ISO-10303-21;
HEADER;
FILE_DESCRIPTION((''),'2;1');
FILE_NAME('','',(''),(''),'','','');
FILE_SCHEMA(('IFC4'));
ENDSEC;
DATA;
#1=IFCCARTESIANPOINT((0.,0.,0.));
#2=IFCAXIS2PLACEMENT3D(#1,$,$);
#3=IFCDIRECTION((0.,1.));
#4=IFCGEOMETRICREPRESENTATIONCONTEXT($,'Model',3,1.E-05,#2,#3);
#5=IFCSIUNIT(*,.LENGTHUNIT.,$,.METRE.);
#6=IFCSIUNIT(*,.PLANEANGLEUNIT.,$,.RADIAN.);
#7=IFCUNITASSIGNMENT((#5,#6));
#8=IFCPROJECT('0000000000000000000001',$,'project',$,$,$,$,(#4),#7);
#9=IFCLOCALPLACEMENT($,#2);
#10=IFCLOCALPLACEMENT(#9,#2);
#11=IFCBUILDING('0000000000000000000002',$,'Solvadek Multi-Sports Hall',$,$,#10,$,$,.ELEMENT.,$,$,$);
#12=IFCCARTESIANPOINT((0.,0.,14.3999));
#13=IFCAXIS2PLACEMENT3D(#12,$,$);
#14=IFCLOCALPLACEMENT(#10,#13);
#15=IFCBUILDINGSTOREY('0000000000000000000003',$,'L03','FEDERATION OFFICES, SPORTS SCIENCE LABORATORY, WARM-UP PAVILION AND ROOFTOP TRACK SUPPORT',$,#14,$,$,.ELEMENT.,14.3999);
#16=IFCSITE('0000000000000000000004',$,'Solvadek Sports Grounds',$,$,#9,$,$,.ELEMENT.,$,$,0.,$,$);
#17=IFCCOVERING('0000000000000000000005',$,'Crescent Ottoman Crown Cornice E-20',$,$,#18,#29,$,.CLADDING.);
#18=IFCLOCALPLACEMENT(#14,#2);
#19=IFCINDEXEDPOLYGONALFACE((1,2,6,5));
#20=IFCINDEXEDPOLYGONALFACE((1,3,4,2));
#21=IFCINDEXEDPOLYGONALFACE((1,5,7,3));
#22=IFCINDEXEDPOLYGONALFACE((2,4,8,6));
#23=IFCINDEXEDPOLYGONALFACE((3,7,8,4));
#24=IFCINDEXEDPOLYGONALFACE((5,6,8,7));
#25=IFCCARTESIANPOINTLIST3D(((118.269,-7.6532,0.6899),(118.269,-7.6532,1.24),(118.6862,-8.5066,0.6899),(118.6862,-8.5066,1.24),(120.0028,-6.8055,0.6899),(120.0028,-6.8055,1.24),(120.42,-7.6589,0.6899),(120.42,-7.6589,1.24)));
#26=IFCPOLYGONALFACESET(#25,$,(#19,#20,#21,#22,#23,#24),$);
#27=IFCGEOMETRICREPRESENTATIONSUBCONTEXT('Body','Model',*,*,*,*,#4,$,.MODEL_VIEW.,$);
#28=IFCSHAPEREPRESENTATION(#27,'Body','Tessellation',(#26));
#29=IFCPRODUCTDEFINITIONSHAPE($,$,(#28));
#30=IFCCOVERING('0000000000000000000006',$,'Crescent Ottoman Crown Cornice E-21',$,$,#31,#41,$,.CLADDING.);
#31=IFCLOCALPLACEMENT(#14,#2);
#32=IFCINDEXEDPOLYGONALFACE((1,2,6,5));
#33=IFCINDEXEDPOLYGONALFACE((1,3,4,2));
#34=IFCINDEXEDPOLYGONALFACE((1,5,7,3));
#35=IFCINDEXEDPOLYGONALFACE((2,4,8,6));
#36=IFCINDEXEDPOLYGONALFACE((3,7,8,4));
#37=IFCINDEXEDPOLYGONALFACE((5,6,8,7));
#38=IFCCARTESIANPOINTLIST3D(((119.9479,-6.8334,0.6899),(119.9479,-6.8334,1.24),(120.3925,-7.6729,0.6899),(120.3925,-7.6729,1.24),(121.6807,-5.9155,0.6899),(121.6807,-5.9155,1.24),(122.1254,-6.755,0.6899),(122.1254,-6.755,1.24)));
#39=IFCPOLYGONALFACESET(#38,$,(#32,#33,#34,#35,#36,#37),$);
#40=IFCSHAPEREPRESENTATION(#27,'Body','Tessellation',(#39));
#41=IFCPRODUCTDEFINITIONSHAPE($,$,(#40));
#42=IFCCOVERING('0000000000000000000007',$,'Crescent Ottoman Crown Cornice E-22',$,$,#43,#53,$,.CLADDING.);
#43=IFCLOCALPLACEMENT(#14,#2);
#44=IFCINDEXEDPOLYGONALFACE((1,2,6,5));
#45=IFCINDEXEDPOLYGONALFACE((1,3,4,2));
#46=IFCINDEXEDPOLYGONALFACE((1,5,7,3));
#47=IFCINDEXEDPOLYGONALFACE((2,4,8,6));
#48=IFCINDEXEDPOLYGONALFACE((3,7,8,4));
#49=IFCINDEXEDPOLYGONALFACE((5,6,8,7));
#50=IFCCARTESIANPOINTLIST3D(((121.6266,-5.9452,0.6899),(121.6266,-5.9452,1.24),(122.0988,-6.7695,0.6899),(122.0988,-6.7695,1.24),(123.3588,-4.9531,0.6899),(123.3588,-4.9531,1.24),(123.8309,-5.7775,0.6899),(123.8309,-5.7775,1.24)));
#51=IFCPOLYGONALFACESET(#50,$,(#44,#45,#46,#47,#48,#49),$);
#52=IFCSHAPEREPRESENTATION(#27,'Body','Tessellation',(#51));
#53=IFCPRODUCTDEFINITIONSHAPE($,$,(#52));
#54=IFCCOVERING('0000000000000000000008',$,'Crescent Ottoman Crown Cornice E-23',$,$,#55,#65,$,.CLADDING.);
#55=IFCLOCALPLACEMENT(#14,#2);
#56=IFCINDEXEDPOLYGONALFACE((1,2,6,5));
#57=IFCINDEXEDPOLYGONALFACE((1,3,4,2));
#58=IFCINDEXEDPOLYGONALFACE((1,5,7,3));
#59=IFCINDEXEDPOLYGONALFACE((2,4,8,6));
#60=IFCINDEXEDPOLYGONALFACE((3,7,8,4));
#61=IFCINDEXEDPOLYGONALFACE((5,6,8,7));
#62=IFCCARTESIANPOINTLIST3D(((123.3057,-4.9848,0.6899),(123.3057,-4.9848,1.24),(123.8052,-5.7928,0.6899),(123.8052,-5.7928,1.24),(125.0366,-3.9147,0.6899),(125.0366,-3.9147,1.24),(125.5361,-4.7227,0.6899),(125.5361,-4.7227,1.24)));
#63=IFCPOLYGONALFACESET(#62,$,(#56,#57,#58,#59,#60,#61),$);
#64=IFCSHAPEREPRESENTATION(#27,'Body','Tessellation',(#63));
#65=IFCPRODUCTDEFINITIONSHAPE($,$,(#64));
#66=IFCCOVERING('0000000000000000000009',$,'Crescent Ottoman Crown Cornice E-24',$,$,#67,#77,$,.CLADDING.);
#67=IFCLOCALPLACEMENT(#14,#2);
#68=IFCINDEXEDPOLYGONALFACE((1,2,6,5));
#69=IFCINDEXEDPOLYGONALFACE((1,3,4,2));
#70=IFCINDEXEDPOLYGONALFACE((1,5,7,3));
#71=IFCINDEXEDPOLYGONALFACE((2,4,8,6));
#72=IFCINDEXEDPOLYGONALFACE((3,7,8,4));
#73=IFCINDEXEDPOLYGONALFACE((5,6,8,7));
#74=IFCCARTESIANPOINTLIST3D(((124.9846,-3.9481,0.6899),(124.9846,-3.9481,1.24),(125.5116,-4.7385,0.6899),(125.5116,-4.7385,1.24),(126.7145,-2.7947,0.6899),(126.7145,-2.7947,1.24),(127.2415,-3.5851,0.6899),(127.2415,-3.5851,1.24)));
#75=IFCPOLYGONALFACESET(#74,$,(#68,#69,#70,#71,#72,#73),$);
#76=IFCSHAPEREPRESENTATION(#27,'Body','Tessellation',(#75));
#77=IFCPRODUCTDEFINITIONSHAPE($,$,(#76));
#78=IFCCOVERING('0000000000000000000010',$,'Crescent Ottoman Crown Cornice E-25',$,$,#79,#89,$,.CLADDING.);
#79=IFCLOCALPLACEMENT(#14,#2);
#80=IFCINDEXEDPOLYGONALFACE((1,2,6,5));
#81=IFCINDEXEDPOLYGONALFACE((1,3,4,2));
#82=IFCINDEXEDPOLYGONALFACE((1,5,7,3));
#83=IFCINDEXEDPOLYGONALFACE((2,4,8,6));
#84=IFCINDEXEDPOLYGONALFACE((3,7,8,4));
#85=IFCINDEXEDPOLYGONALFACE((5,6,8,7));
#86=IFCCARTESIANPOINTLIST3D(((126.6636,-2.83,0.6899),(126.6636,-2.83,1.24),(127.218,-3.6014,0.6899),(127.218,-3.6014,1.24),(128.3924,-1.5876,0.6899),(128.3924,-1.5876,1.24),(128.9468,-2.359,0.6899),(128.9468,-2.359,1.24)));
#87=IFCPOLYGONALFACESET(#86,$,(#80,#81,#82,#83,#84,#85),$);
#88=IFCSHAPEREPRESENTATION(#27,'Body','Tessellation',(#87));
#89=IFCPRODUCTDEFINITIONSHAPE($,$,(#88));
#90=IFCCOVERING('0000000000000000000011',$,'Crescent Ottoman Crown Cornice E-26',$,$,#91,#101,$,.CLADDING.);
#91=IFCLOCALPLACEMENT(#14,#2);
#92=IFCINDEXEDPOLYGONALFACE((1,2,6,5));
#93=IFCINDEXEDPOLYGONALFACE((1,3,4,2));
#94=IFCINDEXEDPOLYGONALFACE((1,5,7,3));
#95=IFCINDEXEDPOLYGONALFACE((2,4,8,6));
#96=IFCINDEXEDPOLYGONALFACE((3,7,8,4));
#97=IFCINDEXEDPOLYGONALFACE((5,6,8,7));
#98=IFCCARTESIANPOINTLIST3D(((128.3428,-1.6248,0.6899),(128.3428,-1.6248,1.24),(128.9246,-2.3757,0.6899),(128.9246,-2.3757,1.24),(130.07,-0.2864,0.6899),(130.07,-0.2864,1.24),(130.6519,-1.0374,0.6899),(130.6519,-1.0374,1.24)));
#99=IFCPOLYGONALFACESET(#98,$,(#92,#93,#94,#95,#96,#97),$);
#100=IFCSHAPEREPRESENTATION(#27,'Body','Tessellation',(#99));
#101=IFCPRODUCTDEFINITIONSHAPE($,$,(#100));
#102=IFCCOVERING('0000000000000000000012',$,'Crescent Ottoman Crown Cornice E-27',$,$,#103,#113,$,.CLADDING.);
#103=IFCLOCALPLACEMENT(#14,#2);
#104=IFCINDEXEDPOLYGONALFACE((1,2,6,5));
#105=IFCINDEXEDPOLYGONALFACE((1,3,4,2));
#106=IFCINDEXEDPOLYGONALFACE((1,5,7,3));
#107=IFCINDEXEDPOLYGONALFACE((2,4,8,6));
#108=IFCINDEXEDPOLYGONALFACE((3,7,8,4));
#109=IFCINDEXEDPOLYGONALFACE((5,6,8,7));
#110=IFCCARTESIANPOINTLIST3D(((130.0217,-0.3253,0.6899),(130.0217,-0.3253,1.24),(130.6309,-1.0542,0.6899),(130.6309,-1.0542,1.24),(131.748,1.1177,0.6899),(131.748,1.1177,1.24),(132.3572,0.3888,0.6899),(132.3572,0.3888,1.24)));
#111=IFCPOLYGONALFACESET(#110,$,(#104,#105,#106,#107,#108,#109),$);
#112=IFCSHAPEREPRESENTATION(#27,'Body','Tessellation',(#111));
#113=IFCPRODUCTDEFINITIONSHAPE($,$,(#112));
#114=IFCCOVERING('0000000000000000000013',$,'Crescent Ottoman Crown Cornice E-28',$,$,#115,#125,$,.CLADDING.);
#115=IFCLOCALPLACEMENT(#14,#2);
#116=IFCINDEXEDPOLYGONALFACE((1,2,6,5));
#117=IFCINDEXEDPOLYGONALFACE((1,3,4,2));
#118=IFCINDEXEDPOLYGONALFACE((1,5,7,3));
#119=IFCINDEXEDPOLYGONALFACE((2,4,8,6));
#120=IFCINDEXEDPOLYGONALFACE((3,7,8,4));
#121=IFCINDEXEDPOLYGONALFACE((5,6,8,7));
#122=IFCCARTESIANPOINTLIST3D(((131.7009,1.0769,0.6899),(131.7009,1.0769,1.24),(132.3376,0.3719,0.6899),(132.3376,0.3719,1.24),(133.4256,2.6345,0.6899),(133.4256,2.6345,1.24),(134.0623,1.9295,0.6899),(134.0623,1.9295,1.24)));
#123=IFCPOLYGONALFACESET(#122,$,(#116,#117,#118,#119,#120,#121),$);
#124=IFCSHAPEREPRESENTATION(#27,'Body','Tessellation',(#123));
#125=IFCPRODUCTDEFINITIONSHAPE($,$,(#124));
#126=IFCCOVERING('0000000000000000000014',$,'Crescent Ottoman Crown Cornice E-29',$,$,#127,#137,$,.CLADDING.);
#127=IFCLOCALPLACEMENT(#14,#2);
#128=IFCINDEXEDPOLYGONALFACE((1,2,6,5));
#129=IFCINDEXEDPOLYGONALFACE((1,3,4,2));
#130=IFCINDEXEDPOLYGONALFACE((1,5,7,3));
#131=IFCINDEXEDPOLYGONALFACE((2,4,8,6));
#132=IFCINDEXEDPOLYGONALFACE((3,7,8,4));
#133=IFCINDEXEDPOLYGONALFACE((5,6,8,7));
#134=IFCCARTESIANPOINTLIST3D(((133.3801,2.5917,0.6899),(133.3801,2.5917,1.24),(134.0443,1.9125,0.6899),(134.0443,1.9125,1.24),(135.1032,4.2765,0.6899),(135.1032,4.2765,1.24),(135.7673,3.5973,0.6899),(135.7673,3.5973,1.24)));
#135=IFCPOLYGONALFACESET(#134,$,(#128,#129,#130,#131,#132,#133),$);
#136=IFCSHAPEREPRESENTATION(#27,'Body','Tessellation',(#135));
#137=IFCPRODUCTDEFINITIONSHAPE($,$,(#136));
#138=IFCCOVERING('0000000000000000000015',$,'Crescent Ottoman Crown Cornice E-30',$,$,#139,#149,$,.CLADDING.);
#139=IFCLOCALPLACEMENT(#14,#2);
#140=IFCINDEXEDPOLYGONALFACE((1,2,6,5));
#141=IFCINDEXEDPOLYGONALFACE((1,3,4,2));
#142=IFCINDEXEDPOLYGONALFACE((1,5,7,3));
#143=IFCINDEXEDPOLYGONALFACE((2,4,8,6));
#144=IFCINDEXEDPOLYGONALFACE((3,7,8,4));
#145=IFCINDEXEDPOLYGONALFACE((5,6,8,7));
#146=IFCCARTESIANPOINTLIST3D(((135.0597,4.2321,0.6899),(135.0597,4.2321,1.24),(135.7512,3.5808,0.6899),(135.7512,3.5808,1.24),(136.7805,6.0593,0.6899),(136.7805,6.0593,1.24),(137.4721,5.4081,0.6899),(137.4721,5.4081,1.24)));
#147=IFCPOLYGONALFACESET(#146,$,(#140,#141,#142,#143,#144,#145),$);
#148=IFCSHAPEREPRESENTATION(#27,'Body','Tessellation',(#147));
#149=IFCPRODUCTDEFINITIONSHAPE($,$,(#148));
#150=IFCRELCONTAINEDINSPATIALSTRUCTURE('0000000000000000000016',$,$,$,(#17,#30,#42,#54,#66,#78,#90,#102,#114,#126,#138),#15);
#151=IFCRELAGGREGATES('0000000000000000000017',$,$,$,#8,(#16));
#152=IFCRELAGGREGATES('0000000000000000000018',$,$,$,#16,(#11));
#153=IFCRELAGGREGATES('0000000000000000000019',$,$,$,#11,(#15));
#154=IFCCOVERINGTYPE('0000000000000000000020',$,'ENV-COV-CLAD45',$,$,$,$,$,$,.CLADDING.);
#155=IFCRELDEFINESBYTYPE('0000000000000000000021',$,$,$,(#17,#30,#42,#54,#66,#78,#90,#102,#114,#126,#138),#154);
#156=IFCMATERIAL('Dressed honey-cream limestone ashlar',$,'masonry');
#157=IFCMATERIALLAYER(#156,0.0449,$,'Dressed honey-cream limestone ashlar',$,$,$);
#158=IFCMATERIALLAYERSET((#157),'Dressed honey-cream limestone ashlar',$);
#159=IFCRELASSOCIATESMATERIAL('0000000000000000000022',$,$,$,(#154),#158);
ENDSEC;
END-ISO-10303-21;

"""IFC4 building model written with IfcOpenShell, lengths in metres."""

from ifc_helpers import new_model, si_unit, direction, frame, origin, origin_2d, place, context, subcontext, project, spatial, rectangle, extrude, material, layer, layer_set, type_object, element, save


model = new_model("IFC4")

# Units and contexts
model_context = context("Model", 3, precision=1e-05, world=origin(), true_north=direction((0.0, 1.0)))
body_context = subcontext(model_context, "Body", "Model", "MODEL_VIEW")
ifc_project = project(units=[si_unit("LENGTHUNIT", "METRE"), si_unit("PLANEANGLEUNIT", "RADIAN")], contexts=[model_context])

# Site, building, storey
site_placement = place(None, origin())
site = spatial("IfcSite", under=ifc_project, at=site_placement, Name="Solvadek Sports Grounds", CompositionType="ELEMENT", RefElevation=0.0)
building_placement = place(site_placement, origin())
building = spatial("IfcBuilding", under=site, at=building_placement, Name="Solvadek Multi-Sports Hall", CompositionType="ELEMENT")
storey_placement = place(building_placement, frame((0.0, 0.0, 14.3999)))
storey = spatial("IfcBuildingStorey", under=building, at=storey_placement, Name="L03", Description="FEDERATION OFFICES, SPORTS SCIENCE LABORATORY, WARM-UP PAVILION AND ROOFTOP TRACK SUPPORT", CompositionType="ELEMENT", Elevation=14.3999)

# Shared definitions
ifc_material_1 = material(Name="Dressed honey-cream limestone ashlar", Category="masonry")

# Coverings
ifc_layer_1 = layer(ifc_material_1, 0.0449, Name="Dressed honey-cream limestone ashlar")
ifc_layer_set_1 = layer_set([ifc_layer_1], Name="Dressed honey-cream limestone ashlar")
covering_type = type_object("IfcCoveringType", Name="ENV-COV-CLAD45", PredefinedType="CLADDING", material=ifc_layer_set_1)
covering_1_placement = place(storey_placement, frame((119.3445, -7.656, 0.6899), z_axis=(0.0, 0.0, 1.0), x_axis=(0.89837, 0.439239, 0.0)))
element("IfcCovering", 1, at=covering_1_placement, inside=storey, type_object=covering_type, Name="Crescent Ottoman Crown Cornice E-20", PredefinedType="CLADDING", context=body_context, shape_type="SweptSolid", body=[
    extrude(rectangle(XDim=1.9299, YDim=0.95, at=origin_2d()), origin(), (0.0, 0.0, 1.0), 0.55),
])
covering_2_placement = place(storey_placement, frame((121.0366, -6.7942, 0.6899), z_axis=(0.0, 0.0, 1.0), x_axis=(0.883682, 0.468088, 0.0)))
element("IfcCovering", 2, at=covering_2_placement, inside=storey, type_object=covering_type, Name="Crescent Ottoman Crown Cornice E-21", PredefinedType="CLADDING", context=body_context, shape_type="SweptSolid", body=[
    extrude(rectangle(XDim=1.9609, YDim=0.95, at=origin_2d()), origin(), (0.0, 0.0, 1.0), 0.55),
])
covering_3_placement = place(storey_placement, frame((122.7288, -5.8613, 0.6899), z_axis=(0.0, 0.0, 1.0), x_axis=(0.867753, 0.496995, 0.0)))
element("IfcCovering", 3, at=covering_3_placement, inside=storey, type_object=covering_type, Name="Crescent Ottoman Crown Cornice E-22", PredefinedType="CLADDING", context=body_context, shape_type="SweptSolid", body=[
    extrude(rectangle(XDim=1.9961, YDim=0.95, at=origin_2d()), origin(), (0.0, 0.0, 1.0), 0.55),
])
covering_4_placement = place(storey_placement, frame((124.4209, -4.8538, 0.6899), z_axis=(0.0, 0.0, 1.0), x_axis=(0.850582, 0.525842, 0.0)))
element("IfcCovering", 4, at=covering_4_placement, inside=storey, type_object=covering_type, Name="Crescent Ottoman Crown Cornice E-23", PredefinedType="CLADDING", context=body_context, shape_type="SweptSolid", body=[
    extrude(rectangle(XDim=2.0349, YDim=0.95, at=origin_2d()), origin(), (0.0, 0.0, 1.0), 0.55),
])
covering_5_placement = place(storey_placement, frame((126.113, -3.7666, 0.6899), z_axis=(0.0, 0.0, 1.0), x_axis=(0.832027, 0.554734, 0.0)))
element("IfcCovering", 5, at=covering_5_placement, inside=storey, type_object=covering_type, Name="Crescent Ottoman Crown Cornice E-24", PredefinedType="CLADDING", context=body_context, shape_type="SweptSolid", body=[
    extrude(rectangle(XDim=2.0791, YDim=0.95, at=origin_2d()), origin(), (0.0, 0.0, 1.0), 0.55),
])
covering_6_placement = place(storey_placement, frame((127.8052, -2.5945, 0.6899), z_axis=(0.0, 0.0, 1.0), x_axis=(0.812061, 0.583572, 0.0)))
element("IfcCovering", 6, at=covering_6_placement, inside=storey, type_object=covering_type, Name="Crescent Ottoman Crown Cornice E-25", PredefinedType="CLADDING", context=body_context, shape_type="SweptSolid", body=[
    extrude(rectangle(XDim=2.1289, YDim=0.95, at=origin_2d()), origin(), (0.0, 0.0, 1.0), 0.55),
])
covering_7_placement = place(storey_placement, frame((129.4973, -1.3311, 0.6899), z_axis=(0.0, 0.0, 1.0), x_axis=(0.790483, 0.612483, 0.0)))
element("IfcCovering", 7, at=covering_7_placement, inside=storey, type_object=covering_type, Name="Crescent Ottoman Crown Cornice E-26", PredefinedType="CLADDING", context=body_context, shape_type="SweptSolid", body=[
    extrude(rectangle(XDim=2.1851, YDim=0.95, at=origin_2d()), origin(), (0.0, 0.0, 1.0), 0.55),
])
covering_8_placement = place(storey_placement, frame((131.1895, 0.0317, 0.6899), z_axis=(0.0, 0.0, 1.0), x_axis=(0.767255, 0.641343, 0.0)))
element("IfcCovering", 8, at=covering_8_placement, inside=storey, type_object=covering_type, Name="Crescent Ottoman Crown Cornice E-27", PredefinedType="CLADDING", context=body_context, shape_type="SweptSolid", body=[
    extrude(rectangle(XDim=2.25, YDim=0.95, at=origin_2d()), origin(), (0.0, 0.0, 1.0), 0.55),
])
covering_9_placement = place(storey_placement, frame((132.8816, 1.5032, 0.6899), z_axis=(0.0, 0.0, 1.0), x_axis=(0.742151, 0.670233, 0.0)))
element("IfcCovering", 9, at=covering_9_placement, inside=storey, type_object=covering_type, Name="Crescent Ottoman Crown Cornice E-28", PredefinedType="CLADDING", context=body_context, shape_type="SweptSolid", body=[
    extrude(rectangle(XDim=2.324, YDim=0.95, at=origin_2d()), origin(), (0.0, 0.0, 1.0), 0.55),
])
covering_10_placement = place(storey_placement, frame((134.5737, 3.0945, 0.6899), z_axis=(0.0, 0.0, 1.0), x_axis=(0.715, 0.699125, 0.0)))
element("IfcCovering", 10, at=covering_10_placement, inside=storey, type_object=covering_type, Name="Crescent Ottoman Crown Cornice E-29", PredefinedType="CLADDING", context=body_context, shape_type="SweptSolid", body=[
    extrude(rectangle(XDim=2.4099, YDim=0.95, at=origin_2d()), origin(), (0.0, 0.0, 1.0), 0.55),
])
covering_11_placement = place(storey_placement, frame((136.2659, 4.8201, 0.6899), z_axis=(0.0, 0.0, 1.0), x_axis=(0.685589, 0.727989, 0.0)))
element("IfcCovering", 11, at=covering_11_placement, inside=storey, type_object=covering_type, Name="Crescent Ottoman Crown Cornice E-30", PredefinedType="CLADDING", context=body_context, shape_type="SweptSolid", body=[
    extrude(rectangle(XDim=2.51, YDim=0.95, at=origin_2d()), origin(), (0.0, 0.0, 1.0), 0.55),
])

save(model, "model.ifc")
